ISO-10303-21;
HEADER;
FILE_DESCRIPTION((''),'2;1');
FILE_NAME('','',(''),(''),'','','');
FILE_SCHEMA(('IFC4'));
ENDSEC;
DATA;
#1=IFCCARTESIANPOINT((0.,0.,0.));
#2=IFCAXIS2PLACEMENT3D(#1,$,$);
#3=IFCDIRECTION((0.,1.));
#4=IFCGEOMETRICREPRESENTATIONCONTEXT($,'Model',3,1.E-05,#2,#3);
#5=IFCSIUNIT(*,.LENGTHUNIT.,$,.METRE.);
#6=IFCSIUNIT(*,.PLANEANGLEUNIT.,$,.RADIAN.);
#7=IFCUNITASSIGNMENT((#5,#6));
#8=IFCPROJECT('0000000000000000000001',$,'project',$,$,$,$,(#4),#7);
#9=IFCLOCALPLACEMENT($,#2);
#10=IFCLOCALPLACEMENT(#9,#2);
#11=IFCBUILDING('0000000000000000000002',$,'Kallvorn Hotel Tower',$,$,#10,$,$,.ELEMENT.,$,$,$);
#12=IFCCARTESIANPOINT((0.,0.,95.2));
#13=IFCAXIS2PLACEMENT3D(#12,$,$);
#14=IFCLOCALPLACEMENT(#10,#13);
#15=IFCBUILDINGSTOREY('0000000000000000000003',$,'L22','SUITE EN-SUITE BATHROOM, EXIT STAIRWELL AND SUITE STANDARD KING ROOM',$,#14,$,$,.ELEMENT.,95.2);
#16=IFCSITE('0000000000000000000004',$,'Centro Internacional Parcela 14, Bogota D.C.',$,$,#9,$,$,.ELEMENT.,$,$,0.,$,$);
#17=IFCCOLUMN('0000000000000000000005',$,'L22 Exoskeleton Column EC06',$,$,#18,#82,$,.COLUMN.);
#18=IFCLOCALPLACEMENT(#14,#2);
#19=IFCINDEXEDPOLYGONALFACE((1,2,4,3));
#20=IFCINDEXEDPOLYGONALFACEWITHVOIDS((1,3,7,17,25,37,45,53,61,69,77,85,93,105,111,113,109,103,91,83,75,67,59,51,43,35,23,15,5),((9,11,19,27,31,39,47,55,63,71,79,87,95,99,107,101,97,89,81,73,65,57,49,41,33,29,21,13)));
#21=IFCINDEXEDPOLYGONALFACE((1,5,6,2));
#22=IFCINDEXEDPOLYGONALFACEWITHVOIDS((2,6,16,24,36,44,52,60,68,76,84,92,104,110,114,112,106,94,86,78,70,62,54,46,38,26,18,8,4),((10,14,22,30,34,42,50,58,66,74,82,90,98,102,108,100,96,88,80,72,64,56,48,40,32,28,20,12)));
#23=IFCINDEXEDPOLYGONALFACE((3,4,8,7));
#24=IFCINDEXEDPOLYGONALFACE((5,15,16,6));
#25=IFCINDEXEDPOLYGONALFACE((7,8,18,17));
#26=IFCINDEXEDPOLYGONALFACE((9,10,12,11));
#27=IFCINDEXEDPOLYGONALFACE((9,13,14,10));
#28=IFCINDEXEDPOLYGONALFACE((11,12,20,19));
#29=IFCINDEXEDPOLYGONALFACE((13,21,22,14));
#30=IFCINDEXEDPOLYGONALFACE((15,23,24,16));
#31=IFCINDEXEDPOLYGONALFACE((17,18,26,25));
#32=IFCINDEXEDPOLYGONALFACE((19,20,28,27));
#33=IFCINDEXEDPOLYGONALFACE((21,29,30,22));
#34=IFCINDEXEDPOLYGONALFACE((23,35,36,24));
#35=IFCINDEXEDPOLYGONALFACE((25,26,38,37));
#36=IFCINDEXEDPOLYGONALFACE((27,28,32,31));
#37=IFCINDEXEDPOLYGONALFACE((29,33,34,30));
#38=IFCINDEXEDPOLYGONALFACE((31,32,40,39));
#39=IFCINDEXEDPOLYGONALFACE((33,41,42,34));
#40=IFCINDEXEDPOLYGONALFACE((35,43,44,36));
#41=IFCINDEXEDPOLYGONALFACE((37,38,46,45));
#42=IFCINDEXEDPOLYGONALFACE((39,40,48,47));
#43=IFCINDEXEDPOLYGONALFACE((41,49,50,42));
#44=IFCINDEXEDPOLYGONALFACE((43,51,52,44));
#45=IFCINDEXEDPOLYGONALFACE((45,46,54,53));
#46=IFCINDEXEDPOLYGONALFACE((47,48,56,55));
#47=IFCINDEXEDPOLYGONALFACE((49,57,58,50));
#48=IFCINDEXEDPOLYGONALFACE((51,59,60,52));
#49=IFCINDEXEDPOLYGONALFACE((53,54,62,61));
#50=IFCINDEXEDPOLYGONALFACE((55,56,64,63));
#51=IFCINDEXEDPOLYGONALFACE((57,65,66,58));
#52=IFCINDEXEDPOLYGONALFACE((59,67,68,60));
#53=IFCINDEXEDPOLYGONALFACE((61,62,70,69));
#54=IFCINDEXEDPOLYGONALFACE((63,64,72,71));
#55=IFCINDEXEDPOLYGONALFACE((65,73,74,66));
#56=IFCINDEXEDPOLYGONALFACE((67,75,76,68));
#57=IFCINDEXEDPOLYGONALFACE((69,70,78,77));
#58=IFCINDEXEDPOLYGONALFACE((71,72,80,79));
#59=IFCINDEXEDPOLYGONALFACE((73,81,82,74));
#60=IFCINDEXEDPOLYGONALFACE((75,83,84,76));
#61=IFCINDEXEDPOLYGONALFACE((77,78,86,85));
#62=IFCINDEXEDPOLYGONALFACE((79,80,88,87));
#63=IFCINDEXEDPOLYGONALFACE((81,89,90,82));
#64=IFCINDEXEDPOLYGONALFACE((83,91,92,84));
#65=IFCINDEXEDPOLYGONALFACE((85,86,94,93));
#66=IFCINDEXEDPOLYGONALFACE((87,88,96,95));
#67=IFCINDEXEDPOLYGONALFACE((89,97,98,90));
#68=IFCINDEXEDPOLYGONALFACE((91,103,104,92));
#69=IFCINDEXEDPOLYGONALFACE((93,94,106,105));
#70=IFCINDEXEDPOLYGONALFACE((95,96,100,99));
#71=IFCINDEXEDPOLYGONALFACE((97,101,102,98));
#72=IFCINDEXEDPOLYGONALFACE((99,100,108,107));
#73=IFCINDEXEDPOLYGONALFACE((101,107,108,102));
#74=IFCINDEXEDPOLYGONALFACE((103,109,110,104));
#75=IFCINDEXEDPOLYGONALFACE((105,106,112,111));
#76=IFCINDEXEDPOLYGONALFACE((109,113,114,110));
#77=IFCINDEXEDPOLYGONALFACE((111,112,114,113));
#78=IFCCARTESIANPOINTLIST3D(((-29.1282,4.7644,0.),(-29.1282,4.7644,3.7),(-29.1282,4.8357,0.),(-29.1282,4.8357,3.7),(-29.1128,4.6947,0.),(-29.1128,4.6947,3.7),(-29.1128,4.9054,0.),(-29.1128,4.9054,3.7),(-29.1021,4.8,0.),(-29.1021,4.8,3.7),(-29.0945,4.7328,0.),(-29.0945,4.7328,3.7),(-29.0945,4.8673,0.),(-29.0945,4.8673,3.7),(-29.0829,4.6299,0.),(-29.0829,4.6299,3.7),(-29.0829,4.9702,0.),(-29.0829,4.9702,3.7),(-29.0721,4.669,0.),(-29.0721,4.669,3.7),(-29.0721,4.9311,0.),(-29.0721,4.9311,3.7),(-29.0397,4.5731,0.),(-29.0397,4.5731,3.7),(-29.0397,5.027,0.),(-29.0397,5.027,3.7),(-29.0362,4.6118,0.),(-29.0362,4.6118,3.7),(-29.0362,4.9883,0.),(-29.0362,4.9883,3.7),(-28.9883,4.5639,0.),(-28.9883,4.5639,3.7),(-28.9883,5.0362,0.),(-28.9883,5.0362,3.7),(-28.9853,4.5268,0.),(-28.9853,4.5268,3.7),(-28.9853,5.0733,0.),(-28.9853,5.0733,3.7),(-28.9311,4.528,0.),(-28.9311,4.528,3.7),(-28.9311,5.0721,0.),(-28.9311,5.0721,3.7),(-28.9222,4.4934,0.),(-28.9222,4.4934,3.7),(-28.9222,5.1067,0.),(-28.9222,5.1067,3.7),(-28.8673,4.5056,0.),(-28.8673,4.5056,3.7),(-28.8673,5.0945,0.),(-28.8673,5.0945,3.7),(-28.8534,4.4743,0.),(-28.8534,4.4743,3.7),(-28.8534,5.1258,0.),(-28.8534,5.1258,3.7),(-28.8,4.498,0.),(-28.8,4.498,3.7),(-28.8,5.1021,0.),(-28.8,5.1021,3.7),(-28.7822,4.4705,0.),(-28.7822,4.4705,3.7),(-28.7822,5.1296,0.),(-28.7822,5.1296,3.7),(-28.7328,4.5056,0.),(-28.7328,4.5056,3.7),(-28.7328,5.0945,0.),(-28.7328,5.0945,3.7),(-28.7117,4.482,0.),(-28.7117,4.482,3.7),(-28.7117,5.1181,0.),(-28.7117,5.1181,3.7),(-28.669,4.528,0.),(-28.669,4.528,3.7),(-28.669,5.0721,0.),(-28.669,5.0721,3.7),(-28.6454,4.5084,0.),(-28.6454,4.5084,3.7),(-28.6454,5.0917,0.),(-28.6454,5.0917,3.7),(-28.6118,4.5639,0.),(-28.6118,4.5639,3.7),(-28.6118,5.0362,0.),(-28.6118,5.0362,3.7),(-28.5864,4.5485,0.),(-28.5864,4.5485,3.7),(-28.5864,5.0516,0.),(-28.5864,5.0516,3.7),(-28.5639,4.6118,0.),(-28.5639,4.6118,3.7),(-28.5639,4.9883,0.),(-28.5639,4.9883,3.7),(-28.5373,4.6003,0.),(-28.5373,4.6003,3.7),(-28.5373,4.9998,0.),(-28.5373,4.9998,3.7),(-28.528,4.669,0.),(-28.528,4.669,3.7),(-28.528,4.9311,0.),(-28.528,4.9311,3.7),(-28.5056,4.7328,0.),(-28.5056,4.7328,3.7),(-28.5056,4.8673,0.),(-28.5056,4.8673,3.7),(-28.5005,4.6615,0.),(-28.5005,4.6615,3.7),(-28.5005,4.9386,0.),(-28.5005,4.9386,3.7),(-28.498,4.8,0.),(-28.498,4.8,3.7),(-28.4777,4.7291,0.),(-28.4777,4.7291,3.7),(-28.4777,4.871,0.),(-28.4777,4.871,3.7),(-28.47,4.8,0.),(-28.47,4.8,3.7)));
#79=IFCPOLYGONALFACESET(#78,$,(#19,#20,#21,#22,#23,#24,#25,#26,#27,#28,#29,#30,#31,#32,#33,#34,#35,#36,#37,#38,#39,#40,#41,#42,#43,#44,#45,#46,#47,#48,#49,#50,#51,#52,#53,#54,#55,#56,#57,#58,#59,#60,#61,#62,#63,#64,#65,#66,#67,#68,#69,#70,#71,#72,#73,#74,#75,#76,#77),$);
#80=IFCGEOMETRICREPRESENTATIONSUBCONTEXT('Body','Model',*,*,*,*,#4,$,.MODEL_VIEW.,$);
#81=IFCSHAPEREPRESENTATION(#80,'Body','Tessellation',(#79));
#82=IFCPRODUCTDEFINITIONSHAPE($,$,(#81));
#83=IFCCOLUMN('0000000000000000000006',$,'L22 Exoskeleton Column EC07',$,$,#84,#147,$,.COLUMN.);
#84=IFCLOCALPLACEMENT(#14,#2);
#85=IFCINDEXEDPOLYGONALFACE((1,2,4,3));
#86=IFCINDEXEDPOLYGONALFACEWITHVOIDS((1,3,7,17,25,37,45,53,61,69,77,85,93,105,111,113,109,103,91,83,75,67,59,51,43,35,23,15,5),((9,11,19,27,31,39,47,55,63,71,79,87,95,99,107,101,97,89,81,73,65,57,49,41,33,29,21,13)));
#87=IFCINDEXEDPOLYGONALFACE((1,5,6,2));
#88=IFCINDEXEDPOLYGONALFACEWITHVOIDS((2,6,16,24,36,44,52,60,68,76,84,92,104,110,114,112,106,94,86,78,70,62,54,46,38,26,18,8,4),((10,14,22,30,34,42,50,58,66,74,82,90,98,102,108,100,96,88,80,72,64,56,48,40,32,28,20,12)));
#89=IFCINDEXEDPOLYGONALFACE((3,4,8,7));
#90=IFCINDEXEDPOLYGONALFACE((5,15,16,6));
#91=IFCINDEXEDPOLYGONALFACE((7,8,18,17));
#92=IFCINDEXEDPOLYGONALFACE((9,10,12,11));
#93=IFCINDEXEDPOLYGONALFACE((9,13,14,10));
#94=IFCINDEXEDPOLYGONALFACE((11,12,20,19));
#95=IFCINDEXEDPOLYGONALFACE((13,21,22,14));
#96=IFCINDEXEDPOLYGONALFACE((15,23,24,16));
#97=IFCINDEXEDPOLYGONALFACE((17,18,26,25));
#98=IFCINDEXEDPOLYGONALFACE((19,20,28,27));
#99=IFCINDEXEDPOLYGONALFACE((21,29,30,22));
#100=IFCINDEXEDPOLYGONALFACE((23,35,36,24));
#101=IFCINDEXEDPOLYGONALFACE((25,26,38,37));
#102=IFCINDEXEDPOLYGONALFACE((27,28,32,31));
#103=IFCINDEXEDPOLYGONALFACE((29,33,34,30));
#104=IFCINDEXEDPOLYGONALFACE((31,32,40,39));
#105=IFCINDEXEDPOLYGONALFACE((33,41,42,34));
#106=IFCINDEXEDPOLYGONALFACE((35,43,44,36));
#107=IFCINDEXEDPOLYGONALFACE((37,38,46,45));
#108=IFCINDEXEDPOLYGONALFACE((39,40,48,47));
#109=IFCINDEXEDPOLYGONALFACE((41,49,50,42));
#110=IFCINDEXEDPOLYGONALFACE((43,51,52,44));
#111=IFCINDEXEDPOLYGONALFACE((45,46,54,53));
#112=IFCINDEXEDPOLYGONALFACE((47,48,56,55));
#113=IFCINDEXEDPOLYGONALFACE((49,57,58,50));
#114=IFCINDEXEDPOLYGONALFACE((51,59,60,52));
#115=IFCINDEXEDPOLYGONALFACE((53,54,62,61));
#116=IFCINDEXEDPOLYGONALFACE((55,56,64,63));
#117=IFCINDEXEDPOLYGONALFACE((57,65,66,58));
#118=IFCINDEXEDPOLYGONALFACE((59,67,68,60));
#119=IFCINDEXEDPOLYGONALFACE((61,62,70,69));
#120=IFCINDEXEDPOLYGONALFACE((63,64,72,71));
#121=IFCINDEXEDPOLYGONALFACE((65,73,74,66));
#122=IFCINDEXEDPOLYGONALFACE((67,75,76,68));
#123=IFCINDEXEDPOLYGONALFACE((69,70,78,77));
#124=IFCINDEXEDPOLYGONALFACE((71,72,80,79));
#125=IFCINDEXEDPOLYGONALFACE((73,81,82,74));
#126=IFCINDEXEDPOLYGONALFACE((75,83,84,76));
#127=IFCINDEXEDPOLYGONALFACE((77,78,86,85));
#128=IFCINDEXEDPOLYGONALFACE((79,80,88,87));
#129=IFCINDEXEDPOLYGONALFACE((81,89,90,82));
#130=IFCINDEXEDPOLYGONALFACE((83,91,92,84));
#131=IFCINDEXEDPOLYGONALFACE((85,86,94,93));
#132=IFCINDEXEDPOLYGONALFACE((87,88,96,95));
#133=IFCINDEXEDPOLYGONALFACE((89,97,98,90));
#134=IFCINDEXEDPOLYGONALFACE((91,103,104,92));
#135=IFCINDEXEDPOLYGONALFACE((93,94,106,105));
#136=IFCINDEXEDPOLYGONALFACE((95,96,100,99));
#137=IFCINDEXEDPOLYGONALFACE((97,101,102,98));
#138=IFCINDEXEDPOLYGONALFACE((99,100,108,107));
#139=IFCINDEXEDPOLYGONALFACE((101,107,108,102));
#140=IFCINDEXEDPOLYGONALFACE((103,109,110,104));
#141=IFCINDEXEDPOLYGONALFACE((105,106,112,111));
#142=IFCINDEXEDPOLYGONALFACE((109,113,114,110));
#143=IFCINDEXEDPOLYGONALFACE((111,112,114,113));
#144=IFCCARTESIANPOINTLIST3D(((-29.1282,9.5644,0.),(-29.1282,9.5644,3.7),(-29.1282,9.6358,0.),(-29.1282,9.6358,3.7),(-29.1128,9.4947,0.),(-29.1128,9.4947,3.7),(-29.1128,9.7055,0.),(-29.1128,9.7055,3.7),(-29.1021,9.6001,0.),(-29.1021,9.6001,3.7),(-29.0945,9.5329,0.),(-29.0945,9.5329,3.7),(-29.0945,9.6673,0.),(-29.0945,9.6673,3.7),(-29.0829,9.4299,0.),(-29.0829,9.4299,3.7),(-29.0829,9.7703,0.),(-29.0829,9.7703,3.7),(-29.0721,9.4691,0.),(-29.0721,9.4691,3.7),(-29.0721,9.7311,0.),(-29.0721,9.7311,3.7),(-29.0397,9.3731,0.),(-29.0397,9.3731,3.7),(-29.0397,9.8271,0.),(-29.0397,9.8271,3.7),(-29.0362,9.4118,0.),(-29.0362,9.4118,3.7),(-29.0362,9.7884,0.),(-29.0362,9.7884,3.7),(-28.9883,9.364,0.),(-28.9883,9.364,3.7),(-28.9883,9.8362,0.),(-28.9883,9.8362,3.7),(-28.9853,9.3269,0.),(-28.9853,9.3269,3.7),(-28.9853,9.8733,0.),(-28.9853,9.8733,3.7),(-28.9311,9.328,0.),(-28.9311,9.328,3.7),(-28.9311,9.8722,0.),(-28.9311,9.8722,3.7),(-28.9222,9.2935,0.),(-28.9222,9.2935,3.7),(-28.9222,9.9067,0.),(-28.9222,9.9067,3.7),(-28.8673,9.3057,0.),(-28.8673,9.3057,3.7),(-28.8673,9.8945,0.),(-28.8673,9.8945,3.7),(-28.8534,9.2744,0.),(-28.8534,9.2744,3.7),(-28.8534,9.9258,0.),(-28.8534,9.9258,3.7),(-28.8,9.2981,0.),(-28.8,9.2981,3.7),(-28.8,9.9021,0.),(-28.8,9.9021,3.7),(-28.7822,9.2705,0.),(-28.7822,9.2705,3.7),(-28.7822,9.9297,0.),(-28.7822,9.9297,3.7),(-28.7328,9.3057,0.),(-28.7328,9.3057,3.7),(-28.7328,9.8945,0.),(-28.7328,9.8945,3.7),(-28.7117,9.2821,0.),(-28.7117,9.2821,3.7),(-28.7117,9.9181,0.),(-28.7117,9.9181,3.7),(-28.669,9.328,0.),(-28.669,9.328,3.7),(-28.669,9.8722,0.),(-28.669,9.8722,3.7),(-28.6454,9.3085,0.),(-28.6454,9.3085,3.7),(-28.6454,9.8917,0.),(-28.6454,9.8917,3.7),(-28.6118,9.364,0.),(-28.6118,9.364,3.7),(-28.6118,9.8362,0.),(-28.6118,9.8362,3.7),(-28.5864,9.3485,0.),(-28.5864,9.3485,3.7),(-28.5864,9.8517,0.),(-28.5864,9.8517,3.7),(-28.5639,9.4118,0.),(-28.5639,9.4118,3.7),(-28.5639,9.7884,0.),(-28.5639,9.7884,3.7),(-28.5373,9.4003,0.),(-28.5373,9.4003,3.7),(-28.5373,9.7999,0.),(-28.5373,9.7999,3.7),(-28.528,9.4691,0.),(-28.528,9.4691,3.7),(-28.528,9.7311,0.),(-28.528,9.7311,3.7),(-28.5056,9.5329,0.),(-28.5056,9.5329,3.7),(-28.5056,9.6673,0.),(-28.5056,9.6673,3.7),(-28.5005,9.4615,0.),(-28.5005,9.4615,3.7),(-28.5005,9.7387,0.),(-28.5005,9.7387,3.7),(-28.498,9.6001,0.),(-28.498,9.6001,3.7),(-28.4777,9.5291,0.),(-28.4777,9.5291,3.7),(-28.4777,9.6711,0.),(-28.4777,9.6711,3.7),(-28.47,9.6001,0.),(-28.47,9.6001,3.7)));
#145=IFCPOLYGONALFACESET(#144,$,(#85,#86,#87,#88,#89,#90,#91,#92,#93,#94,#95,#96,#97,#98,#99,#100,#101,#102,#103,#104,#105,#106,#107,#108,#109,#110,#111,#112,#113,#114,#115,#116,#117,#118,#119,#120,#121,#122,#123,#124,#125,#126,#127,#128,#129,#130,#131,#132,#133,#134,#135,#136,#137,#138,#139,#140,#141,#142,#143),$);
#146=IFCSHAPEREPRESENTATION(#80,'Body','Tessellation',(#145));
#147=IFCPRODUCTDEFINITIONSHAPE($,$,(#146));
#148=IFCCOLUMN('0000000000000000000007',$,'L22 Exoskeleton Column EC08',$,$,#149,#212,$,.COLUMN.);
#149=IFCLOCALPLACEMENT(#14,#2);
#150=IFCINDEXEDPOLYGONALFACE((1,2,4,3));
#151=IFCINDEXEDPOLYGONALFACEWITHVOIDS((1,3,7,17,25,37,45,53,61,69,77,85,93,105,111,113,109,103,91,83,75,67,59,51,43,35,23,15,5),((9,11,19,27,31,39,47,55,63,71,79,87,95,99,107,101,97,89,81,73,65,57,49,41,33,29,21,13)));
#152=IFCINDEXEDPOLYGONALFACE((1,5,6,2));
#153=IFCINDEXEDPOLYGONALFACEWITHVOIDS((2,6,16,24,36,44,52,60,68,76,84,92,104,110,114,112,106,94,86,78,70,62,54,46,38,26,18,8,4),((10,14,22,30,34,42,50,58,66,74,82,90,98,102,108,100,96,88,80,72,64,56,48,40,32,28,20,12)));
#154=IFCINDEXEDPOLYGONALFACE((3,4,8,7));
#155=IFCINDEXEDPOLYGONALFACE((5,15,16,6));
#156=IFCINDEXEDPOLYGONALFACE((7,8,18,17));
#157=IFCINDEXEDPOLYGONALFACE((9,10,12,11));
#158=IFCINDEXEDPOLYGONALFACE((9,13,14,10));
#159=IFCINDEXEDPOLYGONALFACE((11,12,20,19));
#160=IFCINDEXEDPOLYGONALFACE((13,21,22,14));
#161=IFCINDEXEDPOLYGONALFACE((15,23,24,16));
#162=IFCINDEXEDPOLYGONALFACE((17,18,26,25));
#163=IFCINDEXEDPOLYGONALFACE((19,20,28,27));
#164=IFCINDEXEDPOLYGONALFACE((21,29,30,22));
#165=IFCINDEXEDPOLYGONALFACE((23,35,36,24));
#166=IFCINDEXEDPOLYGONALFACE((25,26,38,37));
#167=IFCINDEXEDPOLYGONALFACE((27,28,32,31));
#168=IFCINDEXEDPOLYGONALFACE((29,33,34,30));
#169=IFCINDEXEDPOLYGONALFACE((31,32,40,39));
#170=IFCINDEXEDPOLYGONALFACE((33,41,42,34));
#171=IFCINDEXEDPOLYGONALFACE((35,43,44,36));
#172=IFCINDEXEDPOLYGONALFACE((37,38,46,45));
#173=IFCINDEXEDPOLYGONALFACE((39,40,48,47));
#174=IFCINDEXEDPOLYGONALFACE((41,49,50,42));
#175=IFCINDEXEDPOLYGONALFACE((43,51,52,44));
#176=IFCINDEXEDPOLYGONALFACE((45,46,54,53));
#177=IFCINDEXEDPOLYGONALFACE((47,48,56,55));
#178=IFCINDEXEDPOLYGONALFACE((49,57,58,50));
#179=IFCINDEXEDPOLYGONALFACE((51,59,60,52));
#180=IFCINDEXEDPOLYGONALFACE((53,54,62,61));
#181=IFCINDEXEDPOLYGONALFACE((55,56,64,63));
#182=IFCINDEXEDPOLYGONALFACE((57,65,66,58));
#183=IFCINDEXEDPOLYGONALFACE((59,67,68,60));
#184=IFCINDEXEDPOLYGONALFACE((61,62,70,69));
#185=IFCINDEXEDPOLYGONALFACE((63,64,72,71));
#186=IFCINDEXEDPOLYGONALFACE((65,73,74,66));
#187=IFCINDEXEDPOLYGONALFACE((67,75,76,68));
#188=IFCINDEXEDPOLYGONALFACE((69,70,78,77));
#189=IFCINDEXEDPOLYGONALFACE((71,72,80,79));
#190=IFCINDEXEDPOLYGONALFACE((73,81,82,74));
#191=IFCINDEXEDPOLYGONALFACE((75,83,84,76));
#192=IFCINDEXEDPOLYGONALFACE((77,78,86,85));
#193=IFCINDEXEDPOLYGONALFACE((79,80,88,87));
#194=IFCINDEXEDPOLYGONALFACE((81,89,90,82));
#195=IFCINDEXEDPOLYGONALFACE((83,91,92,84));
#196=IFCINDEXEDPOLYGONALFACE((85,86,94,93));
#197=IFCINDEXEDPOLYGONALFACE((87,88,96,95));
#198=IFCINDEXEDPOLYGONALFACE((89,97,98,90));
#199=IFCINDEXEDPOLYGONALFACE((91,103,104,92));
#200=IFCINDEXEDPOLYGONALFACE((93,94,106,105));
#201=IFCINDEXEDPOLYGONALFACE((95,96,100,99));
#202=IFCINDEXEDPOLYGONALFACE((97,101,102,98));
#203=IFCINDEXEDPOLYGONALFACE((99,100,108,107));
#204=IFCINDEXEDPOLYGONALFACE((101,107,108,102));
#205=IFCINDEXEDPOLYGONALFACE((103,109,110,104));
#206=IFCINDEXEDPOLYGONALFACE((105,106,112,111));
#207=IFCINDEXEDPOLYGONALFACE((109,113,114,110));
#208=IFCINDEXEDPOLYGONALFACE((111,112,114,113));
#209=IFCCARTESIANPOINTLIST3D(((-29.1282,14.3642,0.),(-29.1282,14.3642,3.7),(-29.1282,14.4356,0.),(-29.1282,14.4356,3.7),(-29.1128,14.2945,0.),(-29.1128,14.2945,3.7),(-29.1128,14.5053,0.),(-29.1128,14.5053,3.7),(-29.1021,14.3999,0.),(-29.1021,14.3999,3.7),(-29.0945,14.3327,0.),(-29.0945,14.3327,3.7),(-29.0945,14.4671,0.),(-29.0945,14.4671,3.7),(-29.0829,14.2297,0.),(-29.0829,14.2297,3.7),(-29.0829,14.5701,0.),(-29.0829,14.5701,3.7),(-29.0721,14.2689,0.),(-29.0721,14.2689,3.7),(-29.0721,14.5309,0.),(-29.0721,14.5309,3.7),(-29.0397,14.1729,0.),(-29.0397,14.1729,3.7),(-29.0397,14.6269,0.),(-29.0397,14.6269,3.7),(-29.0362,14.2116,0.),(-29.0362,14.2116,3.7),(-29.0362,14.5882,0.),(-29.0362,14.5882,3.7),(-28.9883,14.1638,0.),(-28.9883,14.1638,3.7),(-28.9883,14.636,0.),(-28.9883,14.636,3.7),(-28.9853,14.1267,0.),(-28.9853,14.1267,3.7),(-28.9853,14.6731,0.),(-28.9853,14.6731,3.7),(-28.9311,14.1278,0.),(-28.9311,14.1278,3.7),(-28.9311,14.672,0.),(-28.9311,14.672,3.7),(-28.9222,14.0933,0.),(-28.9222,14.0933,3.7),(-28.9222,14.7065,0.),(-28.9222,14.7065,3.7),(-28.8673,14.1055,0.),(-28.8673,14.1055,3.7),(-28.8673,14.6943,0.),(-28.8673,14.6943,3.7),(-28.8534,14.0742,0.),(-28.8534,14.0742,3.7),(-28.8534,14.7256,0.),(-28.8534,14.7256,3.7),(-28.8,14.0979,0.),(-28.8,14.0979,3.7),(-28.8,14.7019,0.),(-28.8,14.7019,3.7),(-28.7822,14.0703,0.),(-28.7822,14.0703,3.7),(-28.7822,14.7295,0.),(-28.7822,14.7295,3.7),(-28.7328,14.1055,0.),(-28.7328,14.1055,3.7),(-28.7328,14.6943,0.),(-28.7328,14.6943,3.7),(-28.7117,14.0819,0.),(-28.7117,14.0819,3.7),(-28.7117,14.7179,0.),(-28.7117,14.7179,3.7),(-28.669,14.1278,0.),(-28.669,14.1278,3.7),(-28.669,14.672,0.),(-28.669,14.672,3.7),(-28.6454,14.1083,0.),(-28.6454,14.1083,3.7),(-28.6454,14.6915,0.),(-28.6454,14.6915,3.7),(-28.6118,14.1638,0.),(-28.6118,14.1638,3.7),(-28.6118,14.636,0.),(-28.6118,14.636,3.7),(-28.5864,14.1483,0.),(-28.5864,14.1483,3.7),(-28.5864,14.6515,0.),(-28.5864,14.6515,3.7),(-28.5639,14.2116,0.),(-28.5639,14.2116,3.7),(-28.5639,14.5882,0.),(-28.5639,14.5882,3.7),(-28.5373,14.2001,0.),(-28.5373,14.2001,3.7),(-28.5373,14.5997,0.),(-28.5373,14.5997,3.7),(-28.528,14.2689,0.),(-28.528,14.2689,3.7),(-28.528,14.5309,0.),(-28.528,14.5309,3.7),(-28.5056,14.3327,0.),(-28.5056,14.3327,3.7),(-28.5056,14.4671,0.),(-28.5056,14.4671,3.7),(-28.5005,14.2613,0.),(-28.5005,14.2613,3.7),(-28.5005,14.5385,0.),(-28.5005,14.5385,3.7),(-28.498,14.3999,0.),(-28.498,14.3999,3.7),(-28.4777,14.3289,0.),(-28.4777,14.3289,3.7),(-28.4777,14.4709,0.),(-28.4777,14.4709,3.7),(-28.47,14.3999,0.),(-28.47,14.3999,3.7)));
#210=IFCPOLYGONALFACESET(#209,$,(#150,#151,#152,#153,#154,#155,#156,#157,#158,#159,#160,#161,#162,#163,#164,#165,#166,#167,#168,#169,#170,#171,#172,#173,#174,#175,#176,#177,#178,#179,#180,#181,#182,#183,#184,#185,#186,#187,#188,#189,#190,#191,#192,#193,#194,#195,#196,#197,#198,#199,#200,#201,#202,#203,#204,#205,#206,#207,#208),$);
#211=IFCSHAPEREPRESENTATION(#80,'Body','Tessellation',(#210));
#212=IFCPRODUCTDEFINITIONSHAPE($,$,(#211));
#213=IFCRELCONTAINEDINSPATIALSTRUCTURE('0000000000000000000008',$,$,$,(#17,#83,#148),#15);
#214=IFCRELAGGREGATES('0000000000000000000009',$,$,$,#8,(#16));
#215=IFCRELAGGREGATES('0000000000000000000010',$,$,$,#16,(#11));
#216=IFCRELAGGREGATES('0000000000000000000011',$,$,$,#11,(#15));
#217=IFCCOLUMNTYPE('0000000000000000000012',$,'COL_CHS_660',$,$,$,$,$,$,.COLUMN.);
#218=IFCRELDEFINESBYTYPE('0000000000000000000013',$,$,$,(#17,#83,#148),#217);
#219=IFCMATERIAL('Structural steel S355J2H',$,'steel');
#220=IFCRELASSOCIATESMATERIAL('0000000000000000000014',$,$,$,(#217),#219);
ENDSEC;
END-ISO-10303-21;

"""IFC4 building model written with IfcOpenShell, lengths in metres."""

from ifc_helpers import new_model, si_unit, direction, frame, origin, origin_2d, place, context, subcontext, project, spatial, hollow_circle, extrude, material, material_profile, profile_set, type_object, element, save


model = new_model("IFC4")

# Units and contexts
model_context = context("Model", 3, precision=1e-05, world=origin(), true_north=direction((0.0, 1.0)))
body_context = subcontext(model_context, "Body", "Model", "MODEL_VIEW")
ifc_project = project(units=[si_unit("LENGTHUNIT", "METRE"), si_unit("PLANEANGLEUNIT", "RADIAN")], contexts=[model_context])

# Site, building, storey
site_placement = place(None, origin())
site = spatial("IfcSite", under=ifc_project, at=site_placement, Name="Centro Internacional Parcela 14, Bogota D.C.", CompositionType="ELEMENT", RefElevation=0.0)
building_placement = place(site_placement, origin())
building = spatial("IfcBuilding", under=site, at=building_placement, Name="Kallvorn Hotel Tower", CompositionType="ELEMENT")
storey_placement = place(building_placement, frame((0.0, 0.0, 95.2)))
storey = spatial("IfcBuildingStorey", under=building, at=storey_placement, Name="L22", Description="SUITE EN-SUITE BATHROOM, EXIT STAIRWELL AND SUITE STANDARD KING ROOM", CompositionType="ELEMENT", Elevation=95.2)

# Columns
ifc_material_1 = material(Name="Structural steel S355J2H", Category="steel")
ifc_material_profile_1 = material_profile(ifc_material_1, hollow_circle(Radius=0.3301, WallThickness=0.0281, at=origin_2d()), Name="CHS 660x28")
ifc_profile_set_1 = profile_set([ifc_material_profile_1], Name="Structural steel S355J2H")
column_type = type_object("IfcColumnType", Name="COL_CHS_660", PredefinedType="COLUMN", material=ifc_profile_set_1)
for number, where, z_axis, x_axis, name in (
    (1, (-28.8, 4.8, 0.0), (0.0, 0.0, 1.0), (1.0, 0.0, 0.0), "L22 Exoskeleton Column EC06"),
    (2, (-28.8, 9.6001, 0.0), (0.0, 0.0, 1.0), (1.0, 0.0, 0.0), "L22 Exoskeleton Column EC07"),
    (3, (-28.8, 14.3999, 0.0), (0.0, 0.0, 1.0), (1.0, 0.0, 0.0), "L22 Exoskeleton Column EC08"),
):
    element("IfcColumn", number, at=place(storey_placement, frame(where, z_axis=z_axis, x_axis=x_axis)), inside=storey, type_object=column_type, Name=name, PredefinedType="COLUMN", context=body_context, shape_type="SweptSolid", body=[
        extrude(hollow_circle(Radius=0.3301, WallThickness=0.0281, at=origin_2d()), origin(), (0.0, 0.0, 1.0), 3.7),
    ])

save(model, "model.ifc")
